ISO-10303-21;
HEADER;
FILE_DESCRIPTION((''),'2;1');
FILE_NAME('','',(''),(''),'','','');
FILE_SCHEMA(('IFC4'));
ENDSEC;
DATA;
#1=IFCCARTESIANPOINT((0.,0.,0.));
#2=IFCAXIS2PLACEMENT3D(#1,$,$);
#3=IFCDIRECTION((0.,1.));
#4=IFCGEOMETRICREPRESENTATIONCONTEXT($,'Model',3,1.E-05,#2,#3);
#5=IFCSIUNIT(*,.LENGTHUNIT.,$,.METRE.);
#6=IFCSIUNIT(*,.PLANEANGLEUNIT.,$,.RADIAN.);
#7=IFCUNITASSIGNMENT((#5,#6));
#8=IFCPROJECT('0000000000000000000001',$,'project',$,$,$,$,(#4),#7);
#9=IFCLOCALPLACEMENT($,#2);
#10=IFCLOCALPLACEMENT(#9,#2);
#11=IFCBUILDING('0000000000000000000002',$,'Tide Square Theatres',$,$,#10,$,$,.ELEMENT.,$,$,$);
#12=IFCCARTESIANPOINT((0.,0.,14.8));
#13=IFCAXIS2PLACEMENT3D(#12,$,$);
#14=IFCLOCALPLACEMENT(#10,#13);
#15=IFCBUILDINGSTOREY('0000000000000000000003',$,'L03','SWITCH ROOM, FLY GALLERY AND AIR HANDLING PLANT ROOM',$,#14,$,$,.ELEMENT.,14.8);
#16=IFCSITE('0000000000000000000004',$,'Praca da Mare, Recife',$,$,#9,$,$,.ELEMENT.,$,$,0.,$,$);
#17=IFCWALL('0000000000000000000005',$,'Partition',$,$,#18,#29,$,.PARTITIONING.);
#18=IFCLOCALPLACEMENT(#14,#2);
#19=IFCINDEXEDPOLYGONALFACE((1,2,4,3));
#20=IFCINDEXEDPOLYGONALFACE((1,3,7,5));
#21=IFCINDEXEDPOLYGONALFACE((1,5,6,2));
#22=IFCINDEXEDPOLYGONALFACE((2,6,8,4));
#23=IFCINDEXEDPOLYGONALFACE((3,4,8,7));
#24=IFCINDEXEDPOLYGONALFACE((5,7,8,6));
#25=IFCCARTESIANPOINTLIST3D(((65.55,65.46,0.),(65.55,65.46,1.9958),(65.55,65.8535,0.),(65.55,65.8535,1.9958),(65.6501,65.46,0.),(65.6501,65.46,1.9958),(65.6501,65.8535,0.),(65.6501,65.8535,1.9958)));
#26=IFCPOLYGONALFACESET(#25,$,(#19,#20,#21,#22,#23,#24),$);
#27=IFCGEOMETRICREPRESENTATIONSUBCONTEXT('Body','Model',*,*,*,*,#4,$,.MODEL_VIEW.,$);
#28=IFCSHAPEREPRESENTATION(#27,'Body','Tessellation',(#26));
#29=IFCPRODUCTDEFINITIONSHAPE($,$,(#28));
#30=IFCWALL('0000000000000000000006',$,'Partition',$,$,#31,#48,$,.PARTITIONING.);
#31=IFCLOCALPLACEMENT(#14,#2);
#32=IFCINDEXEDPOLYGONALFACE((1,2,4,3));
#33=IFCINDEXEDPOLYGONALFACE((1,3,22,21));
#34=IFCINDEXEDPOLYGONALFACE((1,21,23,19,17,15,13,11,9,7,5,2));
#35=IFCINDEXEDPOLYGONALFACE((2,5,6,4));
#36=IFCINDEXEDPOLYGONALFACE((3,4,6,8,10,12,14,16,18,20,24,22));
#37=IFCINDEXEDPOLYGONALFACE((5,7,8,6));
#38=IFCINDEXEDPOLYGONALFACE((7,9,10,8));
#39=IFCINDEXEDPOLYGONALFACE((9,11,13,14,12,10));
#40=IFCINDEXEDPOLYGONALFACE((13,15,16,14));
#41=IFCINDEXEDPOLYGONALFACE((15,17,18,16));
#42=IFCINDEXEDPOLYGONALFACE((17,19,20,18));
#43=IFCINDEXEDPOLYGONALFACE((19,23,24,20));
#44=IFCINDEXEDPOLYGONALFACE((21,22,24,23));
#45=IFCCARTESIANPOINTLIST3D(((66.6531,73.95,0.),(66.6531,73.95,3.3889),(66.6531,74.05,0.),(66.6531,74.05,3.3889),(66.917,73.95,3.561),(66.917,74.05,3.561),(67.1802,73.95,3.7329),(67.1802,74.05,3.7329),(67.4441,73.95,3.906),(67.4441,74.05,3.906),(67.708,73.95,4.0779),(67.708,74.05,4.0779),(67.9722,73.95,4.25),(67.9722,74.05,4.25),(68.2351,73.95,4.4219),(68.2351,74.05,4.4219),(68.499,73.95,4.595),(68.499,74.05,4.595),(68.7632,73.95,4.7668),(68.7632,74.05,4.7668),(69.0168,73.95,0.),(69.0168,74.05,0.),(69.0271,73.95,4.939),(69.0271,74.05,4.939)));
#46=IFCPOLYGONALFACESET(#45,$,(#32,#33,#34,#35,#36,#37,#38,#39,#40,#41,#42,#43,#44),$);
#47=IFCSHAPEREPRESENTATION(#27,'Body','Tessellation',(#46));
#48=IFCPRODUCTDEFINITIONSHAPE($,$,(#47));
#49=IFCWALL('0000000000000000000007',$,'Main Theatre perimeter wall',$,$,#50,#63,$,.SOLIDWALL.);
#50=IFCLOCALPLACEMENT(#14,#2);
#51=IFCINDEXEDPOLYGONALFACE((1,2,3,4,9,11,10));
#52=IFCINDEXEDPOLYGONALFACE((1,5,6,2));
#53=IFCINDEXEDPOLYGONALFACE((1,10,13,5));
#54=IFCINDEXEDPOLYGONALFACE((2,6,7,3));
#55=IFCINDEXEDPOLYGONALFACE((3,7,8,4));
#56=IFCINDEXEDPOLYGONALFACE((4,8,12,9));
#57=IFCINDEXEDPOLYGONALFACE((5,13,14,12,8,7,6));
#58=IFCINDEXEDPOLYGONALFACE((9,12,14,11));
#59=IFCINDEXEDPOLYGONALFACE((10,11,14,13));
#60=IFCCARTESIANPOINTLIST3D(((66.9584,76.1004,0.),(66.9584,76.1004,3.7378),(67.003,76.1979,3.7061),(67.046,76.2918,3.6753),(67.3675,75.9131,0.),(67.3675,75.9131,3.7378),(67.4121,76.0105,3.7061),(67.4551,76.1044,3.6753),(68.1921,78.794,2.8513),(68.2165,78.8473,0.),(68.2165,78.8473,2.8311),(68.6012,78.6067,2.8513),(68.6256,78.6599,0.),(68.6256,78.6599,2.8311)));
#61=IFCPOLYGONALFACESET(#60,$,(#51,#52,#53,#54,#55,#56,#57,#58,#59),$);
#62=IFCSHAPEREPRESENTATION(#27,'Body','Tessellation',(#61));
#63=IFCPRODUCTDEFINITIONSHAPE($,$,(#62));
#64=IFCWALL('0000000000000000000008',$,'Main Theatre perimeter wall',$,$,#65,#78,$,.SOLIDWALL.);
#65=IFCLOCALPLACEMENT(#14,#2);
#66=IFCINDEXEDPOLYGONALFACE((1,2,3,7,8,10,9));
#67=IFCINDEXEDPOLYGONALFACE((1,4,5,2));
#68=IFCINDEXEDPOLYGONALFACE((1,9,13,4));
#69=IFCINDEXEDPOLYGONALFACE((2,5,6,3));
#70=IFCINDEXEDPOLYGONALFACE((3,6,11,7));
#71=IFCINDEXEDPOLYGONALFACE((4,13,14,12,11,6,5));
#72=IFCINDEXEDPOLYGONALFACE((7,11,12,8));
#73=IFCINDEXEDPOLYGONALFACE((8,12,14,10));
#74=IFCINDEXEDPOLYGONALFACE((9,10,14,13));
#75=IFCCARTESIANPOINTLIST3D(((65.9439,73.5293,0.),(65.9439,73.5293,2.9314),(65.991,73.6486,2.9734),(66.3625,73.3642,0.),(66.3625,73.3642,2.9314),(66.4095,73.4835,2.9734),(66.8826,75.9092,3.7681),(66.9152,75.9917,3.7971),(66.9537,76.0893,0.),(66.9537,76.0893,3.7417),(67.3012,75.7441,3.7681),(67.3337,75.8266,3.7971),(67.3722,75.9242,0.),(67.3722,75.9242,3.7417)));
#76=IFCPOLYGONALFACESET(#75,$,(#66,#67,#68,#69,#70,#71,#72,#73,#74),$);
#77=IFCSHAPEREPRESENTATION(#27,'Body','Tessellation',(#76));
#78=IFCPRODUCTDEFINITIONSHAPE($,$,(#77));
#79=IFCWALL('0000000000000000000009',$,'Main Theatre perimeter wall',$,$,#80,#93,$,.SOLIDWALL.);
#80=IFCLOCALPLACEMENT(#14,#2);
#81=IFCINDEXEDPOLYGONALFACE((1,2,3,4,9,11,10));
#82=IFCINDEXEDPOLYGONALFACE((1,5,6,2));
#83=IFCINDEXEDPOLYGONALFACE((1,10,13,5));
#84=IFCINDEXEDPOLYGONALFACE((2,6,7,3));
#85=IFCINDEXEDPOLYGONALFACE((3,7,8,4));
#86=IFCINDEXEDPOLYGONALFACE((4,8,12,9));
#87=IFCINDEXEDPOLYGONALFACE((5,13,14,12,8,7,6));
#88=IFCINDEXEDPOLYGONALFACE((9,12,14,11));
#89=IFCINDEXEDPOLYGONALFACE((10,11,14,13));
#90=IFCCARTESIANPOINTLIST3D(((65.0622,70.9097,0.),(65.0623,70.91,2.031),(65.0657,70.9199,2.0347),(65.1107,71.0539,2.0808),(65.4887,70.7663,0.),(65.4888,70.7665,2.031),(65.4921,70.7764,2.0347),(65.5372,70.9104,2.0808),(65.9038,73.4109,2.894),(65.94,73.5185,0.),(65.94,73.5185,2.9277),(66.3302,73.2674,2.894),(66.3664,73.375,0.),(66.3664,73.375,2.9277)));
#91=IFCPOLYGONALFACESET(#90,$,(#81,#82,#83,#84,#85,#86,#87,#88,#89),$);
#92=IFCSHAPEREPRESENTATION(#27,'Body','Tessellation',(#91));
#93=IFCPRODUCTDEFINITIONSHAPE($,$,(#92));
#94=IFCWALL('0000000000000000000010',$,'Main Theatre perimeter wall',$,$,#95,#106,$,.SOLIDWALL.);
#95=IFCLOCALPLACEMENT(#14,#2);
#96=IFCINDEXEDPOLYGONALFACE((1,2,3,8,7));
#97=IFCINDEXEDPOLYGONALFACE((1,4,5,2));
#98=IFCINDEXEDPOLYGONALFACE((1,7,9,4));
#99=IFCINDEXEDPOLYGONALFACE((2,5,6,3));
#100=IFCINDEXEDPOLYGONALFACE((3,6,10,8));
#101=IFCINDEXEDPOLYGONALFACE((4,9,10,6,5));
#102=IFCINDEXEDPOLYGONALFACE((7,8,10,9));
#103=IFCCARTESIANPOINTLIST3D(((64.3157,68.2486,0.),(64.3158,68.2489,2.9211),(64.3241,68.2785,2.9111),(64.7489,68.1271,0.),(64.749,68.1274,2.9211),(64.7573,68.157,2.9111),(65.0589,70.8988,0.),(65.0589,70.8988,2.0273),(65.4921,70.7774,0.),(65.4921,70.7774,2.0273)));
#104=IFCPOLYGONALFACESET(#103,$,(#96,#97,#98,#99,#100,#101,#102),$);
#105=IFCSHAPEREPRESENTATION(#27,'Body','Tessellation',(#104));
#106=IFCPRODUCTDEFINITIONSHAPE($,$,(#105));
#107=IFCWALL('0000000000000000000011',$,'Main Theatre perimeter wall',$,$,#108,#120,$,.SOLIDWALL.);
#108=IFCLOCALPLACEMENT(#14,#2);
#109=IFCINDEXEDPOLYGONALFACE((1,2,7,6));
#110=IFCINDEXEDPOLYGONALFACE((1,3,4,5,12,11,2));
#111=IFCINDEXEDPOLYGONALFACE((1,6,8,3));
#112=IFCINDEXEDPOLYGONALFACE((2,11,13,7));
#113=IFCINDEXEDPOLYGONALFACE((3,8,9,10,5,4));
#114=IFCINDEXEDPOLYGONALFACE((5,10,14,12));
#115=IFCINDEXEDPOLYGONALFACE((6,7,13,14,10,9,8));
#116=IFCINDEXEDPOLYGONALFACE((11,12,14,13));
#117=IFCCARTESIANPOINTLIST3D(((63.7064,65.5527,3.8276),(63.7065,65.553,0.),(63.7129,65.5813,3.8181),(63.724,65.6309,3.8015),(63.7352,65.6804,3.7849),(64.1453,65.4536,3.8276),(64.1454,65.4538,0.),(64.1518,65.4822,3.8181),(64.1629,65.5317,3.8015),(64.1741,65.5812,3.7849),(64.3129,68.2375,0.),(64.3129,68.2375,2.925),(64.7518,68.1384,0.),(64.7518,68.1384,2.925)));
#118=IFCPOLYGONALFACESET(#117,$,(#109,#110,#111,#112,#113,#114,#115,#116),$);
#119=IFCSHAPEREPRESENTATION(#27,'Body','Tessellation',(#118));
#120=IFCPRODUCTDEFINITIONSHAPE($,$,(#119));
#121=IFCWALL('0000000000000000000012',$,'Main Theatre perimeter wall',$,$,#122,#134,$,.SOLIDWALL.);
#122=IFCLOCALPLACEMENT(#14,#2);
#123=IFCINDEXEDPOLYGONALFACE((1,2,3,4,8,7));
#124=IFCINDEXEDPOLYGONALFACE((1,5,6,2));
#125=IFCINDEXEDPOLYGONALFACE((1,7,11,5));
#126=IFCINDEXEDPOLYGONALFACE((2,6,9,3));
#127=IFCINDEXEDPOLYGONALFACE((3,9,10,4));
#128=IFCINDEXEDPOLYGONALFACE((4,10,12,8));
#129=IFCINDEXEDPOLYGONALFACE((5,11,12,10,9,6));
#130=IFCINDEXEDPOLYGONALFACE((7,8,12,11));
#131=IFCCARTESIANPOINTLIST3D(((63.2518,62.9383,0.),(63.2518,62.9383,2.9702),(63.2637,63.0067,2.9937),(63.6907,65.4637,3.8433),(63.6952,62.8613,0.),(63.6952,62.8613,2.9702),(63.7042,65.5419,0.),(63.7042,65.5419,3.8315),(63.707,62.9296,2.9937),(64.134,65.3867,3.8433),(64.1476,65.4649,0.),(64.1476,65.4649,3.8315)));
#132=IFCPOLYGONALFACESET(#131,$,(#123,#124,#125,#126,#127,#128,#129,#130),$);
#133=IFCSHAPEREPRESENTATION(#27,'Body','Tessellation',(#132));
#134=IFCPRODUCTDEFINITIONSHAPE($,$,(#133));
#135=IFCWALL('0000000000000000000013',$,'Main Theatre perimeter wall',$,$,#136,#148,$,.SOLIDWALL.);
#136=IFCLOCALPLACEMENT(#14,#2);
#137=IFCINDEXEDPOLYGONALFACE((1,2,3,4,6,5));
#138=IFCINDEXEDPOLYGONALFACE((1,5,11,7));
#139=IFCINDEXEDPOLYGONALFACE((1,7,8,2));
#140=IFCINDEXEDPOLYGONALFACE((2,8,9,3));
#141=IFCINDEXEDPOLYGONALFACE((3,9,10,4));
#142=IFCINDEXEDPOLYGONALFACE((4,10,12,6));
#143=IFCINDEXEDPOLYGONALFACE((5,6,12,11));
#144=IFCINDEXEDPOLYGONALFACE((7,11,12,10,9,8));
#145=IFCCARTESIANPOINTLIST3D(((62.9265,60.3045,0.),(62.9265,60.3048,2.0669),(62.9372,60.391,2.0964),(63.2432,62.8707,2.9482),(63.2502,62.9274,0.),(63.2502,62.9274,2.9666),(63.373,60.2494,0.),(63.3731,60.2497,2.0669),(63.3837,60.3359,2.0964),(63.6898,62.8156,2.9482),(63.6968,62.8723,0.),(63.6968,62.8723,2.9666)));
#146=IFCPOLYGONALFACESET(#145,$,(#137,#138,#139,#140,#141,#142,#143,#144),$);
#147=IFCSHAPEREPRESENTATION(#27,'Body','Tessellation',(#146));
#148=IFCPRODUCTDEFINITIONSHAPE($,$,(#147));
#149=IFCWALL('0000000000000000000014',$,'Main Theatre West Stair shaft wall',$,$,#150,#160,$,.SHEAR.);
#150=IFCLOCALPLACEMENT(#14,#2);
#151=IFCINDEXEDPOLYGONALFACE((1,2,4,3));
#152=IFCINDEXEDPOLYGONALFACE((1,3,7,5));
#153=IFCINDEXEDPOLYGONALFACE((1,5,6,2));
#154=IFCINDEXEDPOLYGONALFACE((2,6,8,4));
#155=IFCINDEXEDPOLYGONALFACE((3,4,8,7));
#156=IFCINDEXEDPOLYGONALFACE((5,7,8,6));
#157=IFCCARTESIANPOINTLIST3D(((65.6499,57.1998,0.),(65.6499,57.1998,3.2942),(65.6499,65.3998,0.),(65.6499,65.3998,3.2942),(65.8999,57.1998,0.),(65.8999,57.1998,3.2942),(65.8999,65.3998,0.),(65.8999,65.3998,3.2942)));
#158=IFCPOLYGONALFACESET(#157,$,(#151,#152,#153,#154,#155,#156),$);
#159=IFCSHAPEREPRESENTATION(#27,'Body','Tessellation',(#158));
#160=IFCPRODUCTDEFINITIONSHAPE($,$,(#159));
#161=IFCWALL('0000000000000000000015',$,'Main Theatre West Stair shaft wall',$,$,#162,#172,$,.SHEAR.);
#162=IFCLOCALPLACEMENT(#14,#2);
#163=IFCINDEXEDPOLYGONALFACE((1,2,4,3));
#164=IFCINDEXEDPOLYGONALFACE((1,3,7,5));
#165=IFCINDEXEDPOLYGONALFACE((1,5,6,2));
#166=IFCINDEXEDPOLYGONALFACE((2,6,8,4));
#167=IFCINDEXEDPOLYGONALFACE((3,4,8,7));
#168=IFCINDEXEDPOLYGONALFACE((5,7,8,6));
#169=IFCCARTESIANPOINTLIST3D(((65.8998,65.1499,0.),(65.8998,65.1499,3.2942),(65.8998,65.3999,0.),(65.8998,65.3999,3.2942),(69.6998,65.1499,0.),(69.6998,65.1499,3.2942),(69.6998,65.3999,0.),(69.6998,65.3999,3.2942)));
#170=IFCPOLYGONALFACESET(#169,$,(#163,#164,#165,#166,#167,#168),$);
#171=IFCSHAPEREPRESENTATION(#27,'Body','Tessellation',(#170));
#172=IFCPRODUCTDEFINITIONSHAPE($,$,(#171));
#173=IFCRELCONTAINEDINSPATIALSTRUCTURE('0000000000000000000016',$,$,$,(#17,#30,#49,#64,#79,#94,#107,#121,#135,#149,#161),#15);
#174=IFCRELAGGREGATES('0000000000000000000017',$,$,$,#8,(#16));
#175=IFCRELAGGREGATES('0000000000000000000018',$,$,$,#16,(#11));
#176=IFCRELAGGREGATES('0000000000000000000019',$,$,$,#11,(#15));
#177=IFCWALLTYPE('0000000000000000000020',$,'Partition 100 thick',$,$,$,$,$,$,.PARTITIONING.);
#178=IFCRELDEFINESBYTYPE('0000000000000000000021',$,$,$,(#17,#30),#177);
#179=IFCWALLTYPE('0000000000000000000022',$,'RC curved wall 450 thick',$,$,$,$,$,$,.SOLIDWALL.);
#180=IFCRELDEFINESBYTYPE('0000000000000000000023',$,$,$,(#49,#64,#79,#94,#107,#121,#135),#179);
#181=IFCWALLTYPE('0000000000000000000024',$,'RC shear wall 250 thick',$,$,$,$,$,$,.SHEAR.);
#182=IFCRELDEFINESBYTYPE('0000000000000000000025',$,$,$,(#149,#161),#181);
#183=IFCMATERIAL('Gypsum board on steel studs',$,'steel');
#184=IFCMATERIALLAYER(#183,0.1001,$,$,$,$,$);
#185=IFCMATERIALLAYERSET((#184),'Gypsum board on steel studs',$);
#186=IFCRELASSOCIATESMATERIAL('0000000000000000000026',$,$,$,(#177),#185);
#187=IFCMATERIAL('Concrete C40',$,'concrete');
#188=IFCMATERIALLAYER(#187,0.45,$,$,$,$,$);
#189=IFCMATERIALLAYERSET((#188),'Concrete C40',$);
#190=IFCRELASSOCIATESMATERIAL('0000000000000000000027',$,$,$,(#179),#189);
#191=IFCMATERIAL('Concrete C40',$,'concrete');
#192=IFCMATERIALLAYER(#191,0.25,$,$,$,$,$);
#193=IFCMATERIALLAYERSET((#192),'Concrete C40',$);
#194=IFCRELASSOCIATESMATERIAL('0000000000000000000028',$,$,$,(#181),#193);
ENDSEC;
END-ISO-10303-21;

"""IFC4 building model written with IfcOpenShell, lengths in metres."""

from ifc_helpers import new_model, si_unit, direction, frame, frame_2d, origin, place, context, subcontext, project, spatial, polyline, rectangle, outline, extrude, material, layer, layer_set, type_object, element, save


model = new_model("IFC4")

# Units and contexts
model_context = context("Model", 3, precision=1e-05, world=origin(), true_north=direction((0.0, 1.0)))
body_context = subcontext(model_context, "Body", "Model", "MODEL_VIEW")
ifc_project = project(units=[si_unit("LENGTHUNIT", "METRE"), si_unit("PLANEANGLEUNIT", "RADIAN")], contexts=[model_context])

# Site, building, storey
site_placement = place(None, origin())
site = spatial("IfcSite", under=ifc_project, at=site_placement, Name="Praca da Mare, Recife", CompositionType="ELEMENT", RefElevation=0.0)
building_placement = place(site_placement, origin())
building = spatial("IfcBuilding", under=site, at=building_placement, Name="Tide Square Theatres", CompositionType="ELEMENT")
storey_placement = place(building_placement, frame((0.0, 0.0, 14.8)))
storey = spatial("IfcBuildingStorey", under=building, at=storey_placement, Name="L03", Description="SWITCH ROOM, FLY GALLERY AND AIR HANDLING PLANT ROOM", CompositionType="ELEMENT", Elevation=14.8)

# Shared definitions
ifc_material_1 = material(Name="Gypsum board on steel studs", Category="steel")
ifc_layer_1 = layer(ifc_material_1, 0.1001)
ifc_layer_set_1 = layer_set([ifc_layer_1], Name="Gypsum board on steel studs")
wall_type_1 = type_object("IfcWallType", Name="Partition 100 thick", PredefinedType="PARTITIONING", material=ifc_layer_set_1)

# Walls
wall_1_placement = place(storey_placement, frame((65.6001, 65.8535, 0.0), z_axis=(0.0, 0.0, 1.0), x_axis=(0.0, -1.0, 0.0)))
element("IfcWall", 1, at=wall_1_placement, inside=storey, type_object=wall_type_1, Name="Partition", PredefinedType="PARTITIONING", context=body_context, shape_type="SweptSolid", body=[
    extrude(rectangle(XDim=0.3936, YDim=0.1001, at=frame_2d((0.1968, 0.0))), origin(), (0.0, 0.0, 1.0), 1.9958),
])
wall_2_placement = place(storey_placement, frame((66.6531, 74.0, 0.0), z_axis=(0.0, 0.0, 1.0), x_axis=(1.0, 0.0, 0.0)))
element("IfcWall", 2, at=wall_2_placement, inside=storey, type_object=wall_type_1, Name="Partition", PredefinedType="PARTITIONING", context=body_context, shape_type="SweptSolid", body=[
    extrude(outline(polyline([(0.0, 0.0), (2.3638, 0.0), (2.374, 4.939), (2.1101, 4.7668), (1.8459, 4.595), (1.582, 4.4219), (1.3191, 4.25), (1.0549, 4.0779), (0.791, 3.906), (0.5271, 3.7329), (0.2639, 3.561), (0.0, 3.3889), (0.0, 0.0)])), frame((0.0, 0.05, 0.0), z_axis=(0.0, -1.0, 0.0), x_axis=(1.0, 0.0, 0.0)), (0.0, 0.0, 1.0), 0.1001),
])
ifc_material_2 = material(Name="Concrete C40", Category="concrete")
ifc_layer_2 = layer(ifc_material_2, 0.45)
ifc_layer_set_2 = layer_set([ifc_layer_2], Name="Concrete C40")
wall_type_2 = type_object("IfcWallType", Name="RC curved wall 450 thick", PredefinedType="SOLIDWALL", material=ifc_layer_set_2)
wall_3_placement = place(storey_placement, frame((68.4209, 78.7537, 0.0), z_axis=(0.0, 0.0, 1.0), x_axis=(-0.416407, -0.909178, 0.0)))
element("IfcWall", 3, at=wall_3_placement, inside=storey, type_object=wall_type_2, Name="Main Theatre perimeter wall", PredefinedType="SOLIDWALL", context=body_context, shape_type="SweptSolid", body=[
    extrude(outline(polyline([(0.0, 0.0), (3.0212, 0.0), (3.0212, 3.7378), (2.9141, 3.7061), (2.8108, 3.6753), (0.0586, 2.8513), (0.0, 2.8311), (0.0, 0.0)])), frame((0.0, 0.2251, 0.0), z_axis=(0.0, -1.0, 0.0), x_axis=(1.0, 0.0, 0.0)), (0.0, 0.0, 1.0), 0.45),
])
wall_4_placement = place(storey_placement, frame((67.1628, 76.0068, 0.0), z_axis=(0.0, 0.0, 1.0), x_axis=(-0.36692, -0.930252, 0.0)))
element("IfcWall", 4, at=wall_4_placement, inside=storey, type_object=wall_type_2, Name="Main Theatre perimeter wall", PredefinedType="SOLIDWALL", context=body_context, shape_type="SweptSolid", body=[
    extrude(outline(polyline([(0.0, 0.0), (2.752, 0.0), (2.752, 2.9314), (2.6238, 2.9734), (0.1936, 3.7681), (0.105, 3.7971), (0.0, 3.7417), (0.0, 0.0)])), frame((0.0, 0.2251, 0.0), z_axis=(0.0, -1.0, 0.0), x_axis=(1.0, 0.0, 0.0)), (0.0, 0.0, 1.0), 0.45),
])
wall_5_placement = place(storey_placement, frame((66.1531, 73.4468, 0.0), z_axis=(0.0, 0.0, 1.0), x_axis=(-0.318888, -0.947793, 0.0)))
element("IfcWall", 5, at=wall_5_placement, inside=storey, type_object=wall_type_2, Name="Main Theatre perimeter wall", PredefinedType="SOLIDWALL", context=body_context, shape_type="SweptSolid", body=[
    extrude(outline(polyline([(0.0, 0.0), (2.7524, 0.0), (2.7522, 2.031), (2.7417, 2.0347), (2.6003, 2.0808), (0.1135, 2.894), (0.0, 2.9277), (0.0, 0.0)])), frame((0.0, 0.2251, 0.0), z_axis=(0.0, -1.0, 0.0), x_axis=(1.0, 0.0, 0.0)), (0.0, 0.0, 1.0), 0.45),
])
wall_6_placement = place(storey_placement, frame((65.2754, 70.8381, 0.0), z_axis=(0.0, 0.0, 1.0), x_axis=(-0.270008, -0.962858, 0.0)))
element("IfcWall", 6, at=wall_6_placement, inside=storey, type_object=wall_type_2, Name="Main Theatre perimeter wall", PredefinedType="SOLIDWALL", context=body_context, shape_type="SweptSolid", body=[
    extrude(outline(polyline([(0.0, 0.0), (2.7524, 0.0), (2.7522, 2.9211), (2.7214, 2.9111), (0.0, 2.0273), (0.0, 0.0)])), frame((0.0, 0.2251, 0.0), z_axis=(0.0, -1.0, 0.0), x_axis=(1.0, 0.0, 0.0)), (0.0, 0.0, 1.0), 0.45),
])
wall_7_placement = place(storey_placement, frame((64.5322, 68.188, 0.0), z_axis=(0.0, 0.0, 1.0), x_axis=(-0.220348, -0.975421, 0.0)))
element("IfcWall", 7, at=wall_7_placement, inside=storey, type_object=wall_type_2, Name="Main Theatre perimeter wall", PredefinedType="SOLIDWALL", context=body_context, shape_type="SweptSolid", body=[
    extrude(outline(polyline([(0.0, 0.0), (2.7522, 0.0), (2.7524, 3.8276), (2.7231, 3.8181), (2.6724, 3.8015), (2.6216, 3.7849), (0.0, 2.925), (0.0, 0.0)])), frame((0.0, 0.2251, 0.0), z_axis=(0.0, -1.0, 0.0), x_axis=(1.0, 0.0, 0.0)), (0.0, 0.0, 1.0), 0.45),
])
wall_8_placement = place(storey_placement, frame((63.9258, 65.5034, 0.0), z_axis=(0.0, 0.0, 1.0), x_axis=(-0.171197, -0.985237, 0.0)))
element("IfcWall", 8, at=wall_8_placement, inside=storey, type_object=wall_type_2, Name="Main Theatre perimeter wall", PredefinedType="SOLIDWALL", context=body_context, shape_type="SweptSolid", body=[
    extrude(outline(polyline([(0.0, 0.0), (2.6426, 0.0), (2.6426, 2.9702), (2.5732, 2.9937), (0.0793, 3.8433), (0.0, 3.8315), (0.0, 0.0)])), frame((0.0, 0.2251, 0.0), z_axis=(0.0, -1.0, 0.0), x_axis=(1.0, 0.0, 0.0)), (0.0, 0.0, 1.0), 0.45),
])
wall_9_placement = place(storey_placement, frame((63.4734, 62.8999, 0.0), z_axis=(0.0, 0.0, 1.0), x_axis=(-0.1225, -0.992469, 0.0)))
element("IfcWall", 9, at=wall_9_placement, inside=storey, type_object=wall_type_2, Name="Main Theatre perimeter wall", PredefinedType="SOLIDWALL", context=body_context, shape_type="SweptSolid", body=[
    extrude(outline(polyline([(0.0, 0.0), (2.6428, 0.0), (2.6426, 2.0669), (2.5557, 2.0964), (0.0571, 2.9482), (0.0, 2.9666), (0.0, 0.0)])), frame((0.0, 0.2251, 0.0), z_axis=(0.0, -1.0, 0.0), x_axis=(1.0, 0.0, 0.0)), (0.0, 0.0, 1.0), 0.45),
])
ifc_material_3 = material(Name="Concrete C40", Category="concrete")
ifc_layer_3 = layer(ifc_material_3, 0.25)
ifc_layer_set_3 = layer_set([ifc_layer_3], Name="Concrete C40")
wall_type_3 = type_object("IfcWallType", Name="RC shear wall 250 thick", PredefinedType="SHEAR", material=ifc_layer_set_3)
wall_10_placement = place(storey_placement, frame((65.7749, 65.3999, 0.0), z_axis=(0.0, 0.0, 1.0), x_axis=(0.0, -1.0, 0.0)))
element("IfcWall", 10, at=wall_10_placement, inside=storey, type_object=wall_type_3, Name="Main Theatre West Stair shaft wall", PredefinedType="SHEAR", context=body_context, shape_type="SweptSolid", body=[
    extrude(rectangle(XDim=8.2, YDim=0.25, at=frame_2d((4.1001, 0.0))), origin(), (0.0, 0.0, 1.0), 3.2942),
])
wall_11_placement = place(storey_placement, frame((65.8999, 65.2749, 0.0), z_axis=(0.0, 0.0, 1.0), x_axis=(1.0, 0.0, 0.0)))
element("IfcWall", 11, at=wall_11_placement, inside=storey, type_object=wall_type_3, Name="Main Theatre West Stair shaft wall", PredefinedType="SHEAR", context=body_context, shape_type="SweptSolid", body=[
    extrude(rectangle(XDim=3.8, YDim=0.25, at=frame_2d((1.8999, 0.0))), origin(), (0.0, 0.0, 1.0), 3.2942),
])

save(model, "model.ifc")
